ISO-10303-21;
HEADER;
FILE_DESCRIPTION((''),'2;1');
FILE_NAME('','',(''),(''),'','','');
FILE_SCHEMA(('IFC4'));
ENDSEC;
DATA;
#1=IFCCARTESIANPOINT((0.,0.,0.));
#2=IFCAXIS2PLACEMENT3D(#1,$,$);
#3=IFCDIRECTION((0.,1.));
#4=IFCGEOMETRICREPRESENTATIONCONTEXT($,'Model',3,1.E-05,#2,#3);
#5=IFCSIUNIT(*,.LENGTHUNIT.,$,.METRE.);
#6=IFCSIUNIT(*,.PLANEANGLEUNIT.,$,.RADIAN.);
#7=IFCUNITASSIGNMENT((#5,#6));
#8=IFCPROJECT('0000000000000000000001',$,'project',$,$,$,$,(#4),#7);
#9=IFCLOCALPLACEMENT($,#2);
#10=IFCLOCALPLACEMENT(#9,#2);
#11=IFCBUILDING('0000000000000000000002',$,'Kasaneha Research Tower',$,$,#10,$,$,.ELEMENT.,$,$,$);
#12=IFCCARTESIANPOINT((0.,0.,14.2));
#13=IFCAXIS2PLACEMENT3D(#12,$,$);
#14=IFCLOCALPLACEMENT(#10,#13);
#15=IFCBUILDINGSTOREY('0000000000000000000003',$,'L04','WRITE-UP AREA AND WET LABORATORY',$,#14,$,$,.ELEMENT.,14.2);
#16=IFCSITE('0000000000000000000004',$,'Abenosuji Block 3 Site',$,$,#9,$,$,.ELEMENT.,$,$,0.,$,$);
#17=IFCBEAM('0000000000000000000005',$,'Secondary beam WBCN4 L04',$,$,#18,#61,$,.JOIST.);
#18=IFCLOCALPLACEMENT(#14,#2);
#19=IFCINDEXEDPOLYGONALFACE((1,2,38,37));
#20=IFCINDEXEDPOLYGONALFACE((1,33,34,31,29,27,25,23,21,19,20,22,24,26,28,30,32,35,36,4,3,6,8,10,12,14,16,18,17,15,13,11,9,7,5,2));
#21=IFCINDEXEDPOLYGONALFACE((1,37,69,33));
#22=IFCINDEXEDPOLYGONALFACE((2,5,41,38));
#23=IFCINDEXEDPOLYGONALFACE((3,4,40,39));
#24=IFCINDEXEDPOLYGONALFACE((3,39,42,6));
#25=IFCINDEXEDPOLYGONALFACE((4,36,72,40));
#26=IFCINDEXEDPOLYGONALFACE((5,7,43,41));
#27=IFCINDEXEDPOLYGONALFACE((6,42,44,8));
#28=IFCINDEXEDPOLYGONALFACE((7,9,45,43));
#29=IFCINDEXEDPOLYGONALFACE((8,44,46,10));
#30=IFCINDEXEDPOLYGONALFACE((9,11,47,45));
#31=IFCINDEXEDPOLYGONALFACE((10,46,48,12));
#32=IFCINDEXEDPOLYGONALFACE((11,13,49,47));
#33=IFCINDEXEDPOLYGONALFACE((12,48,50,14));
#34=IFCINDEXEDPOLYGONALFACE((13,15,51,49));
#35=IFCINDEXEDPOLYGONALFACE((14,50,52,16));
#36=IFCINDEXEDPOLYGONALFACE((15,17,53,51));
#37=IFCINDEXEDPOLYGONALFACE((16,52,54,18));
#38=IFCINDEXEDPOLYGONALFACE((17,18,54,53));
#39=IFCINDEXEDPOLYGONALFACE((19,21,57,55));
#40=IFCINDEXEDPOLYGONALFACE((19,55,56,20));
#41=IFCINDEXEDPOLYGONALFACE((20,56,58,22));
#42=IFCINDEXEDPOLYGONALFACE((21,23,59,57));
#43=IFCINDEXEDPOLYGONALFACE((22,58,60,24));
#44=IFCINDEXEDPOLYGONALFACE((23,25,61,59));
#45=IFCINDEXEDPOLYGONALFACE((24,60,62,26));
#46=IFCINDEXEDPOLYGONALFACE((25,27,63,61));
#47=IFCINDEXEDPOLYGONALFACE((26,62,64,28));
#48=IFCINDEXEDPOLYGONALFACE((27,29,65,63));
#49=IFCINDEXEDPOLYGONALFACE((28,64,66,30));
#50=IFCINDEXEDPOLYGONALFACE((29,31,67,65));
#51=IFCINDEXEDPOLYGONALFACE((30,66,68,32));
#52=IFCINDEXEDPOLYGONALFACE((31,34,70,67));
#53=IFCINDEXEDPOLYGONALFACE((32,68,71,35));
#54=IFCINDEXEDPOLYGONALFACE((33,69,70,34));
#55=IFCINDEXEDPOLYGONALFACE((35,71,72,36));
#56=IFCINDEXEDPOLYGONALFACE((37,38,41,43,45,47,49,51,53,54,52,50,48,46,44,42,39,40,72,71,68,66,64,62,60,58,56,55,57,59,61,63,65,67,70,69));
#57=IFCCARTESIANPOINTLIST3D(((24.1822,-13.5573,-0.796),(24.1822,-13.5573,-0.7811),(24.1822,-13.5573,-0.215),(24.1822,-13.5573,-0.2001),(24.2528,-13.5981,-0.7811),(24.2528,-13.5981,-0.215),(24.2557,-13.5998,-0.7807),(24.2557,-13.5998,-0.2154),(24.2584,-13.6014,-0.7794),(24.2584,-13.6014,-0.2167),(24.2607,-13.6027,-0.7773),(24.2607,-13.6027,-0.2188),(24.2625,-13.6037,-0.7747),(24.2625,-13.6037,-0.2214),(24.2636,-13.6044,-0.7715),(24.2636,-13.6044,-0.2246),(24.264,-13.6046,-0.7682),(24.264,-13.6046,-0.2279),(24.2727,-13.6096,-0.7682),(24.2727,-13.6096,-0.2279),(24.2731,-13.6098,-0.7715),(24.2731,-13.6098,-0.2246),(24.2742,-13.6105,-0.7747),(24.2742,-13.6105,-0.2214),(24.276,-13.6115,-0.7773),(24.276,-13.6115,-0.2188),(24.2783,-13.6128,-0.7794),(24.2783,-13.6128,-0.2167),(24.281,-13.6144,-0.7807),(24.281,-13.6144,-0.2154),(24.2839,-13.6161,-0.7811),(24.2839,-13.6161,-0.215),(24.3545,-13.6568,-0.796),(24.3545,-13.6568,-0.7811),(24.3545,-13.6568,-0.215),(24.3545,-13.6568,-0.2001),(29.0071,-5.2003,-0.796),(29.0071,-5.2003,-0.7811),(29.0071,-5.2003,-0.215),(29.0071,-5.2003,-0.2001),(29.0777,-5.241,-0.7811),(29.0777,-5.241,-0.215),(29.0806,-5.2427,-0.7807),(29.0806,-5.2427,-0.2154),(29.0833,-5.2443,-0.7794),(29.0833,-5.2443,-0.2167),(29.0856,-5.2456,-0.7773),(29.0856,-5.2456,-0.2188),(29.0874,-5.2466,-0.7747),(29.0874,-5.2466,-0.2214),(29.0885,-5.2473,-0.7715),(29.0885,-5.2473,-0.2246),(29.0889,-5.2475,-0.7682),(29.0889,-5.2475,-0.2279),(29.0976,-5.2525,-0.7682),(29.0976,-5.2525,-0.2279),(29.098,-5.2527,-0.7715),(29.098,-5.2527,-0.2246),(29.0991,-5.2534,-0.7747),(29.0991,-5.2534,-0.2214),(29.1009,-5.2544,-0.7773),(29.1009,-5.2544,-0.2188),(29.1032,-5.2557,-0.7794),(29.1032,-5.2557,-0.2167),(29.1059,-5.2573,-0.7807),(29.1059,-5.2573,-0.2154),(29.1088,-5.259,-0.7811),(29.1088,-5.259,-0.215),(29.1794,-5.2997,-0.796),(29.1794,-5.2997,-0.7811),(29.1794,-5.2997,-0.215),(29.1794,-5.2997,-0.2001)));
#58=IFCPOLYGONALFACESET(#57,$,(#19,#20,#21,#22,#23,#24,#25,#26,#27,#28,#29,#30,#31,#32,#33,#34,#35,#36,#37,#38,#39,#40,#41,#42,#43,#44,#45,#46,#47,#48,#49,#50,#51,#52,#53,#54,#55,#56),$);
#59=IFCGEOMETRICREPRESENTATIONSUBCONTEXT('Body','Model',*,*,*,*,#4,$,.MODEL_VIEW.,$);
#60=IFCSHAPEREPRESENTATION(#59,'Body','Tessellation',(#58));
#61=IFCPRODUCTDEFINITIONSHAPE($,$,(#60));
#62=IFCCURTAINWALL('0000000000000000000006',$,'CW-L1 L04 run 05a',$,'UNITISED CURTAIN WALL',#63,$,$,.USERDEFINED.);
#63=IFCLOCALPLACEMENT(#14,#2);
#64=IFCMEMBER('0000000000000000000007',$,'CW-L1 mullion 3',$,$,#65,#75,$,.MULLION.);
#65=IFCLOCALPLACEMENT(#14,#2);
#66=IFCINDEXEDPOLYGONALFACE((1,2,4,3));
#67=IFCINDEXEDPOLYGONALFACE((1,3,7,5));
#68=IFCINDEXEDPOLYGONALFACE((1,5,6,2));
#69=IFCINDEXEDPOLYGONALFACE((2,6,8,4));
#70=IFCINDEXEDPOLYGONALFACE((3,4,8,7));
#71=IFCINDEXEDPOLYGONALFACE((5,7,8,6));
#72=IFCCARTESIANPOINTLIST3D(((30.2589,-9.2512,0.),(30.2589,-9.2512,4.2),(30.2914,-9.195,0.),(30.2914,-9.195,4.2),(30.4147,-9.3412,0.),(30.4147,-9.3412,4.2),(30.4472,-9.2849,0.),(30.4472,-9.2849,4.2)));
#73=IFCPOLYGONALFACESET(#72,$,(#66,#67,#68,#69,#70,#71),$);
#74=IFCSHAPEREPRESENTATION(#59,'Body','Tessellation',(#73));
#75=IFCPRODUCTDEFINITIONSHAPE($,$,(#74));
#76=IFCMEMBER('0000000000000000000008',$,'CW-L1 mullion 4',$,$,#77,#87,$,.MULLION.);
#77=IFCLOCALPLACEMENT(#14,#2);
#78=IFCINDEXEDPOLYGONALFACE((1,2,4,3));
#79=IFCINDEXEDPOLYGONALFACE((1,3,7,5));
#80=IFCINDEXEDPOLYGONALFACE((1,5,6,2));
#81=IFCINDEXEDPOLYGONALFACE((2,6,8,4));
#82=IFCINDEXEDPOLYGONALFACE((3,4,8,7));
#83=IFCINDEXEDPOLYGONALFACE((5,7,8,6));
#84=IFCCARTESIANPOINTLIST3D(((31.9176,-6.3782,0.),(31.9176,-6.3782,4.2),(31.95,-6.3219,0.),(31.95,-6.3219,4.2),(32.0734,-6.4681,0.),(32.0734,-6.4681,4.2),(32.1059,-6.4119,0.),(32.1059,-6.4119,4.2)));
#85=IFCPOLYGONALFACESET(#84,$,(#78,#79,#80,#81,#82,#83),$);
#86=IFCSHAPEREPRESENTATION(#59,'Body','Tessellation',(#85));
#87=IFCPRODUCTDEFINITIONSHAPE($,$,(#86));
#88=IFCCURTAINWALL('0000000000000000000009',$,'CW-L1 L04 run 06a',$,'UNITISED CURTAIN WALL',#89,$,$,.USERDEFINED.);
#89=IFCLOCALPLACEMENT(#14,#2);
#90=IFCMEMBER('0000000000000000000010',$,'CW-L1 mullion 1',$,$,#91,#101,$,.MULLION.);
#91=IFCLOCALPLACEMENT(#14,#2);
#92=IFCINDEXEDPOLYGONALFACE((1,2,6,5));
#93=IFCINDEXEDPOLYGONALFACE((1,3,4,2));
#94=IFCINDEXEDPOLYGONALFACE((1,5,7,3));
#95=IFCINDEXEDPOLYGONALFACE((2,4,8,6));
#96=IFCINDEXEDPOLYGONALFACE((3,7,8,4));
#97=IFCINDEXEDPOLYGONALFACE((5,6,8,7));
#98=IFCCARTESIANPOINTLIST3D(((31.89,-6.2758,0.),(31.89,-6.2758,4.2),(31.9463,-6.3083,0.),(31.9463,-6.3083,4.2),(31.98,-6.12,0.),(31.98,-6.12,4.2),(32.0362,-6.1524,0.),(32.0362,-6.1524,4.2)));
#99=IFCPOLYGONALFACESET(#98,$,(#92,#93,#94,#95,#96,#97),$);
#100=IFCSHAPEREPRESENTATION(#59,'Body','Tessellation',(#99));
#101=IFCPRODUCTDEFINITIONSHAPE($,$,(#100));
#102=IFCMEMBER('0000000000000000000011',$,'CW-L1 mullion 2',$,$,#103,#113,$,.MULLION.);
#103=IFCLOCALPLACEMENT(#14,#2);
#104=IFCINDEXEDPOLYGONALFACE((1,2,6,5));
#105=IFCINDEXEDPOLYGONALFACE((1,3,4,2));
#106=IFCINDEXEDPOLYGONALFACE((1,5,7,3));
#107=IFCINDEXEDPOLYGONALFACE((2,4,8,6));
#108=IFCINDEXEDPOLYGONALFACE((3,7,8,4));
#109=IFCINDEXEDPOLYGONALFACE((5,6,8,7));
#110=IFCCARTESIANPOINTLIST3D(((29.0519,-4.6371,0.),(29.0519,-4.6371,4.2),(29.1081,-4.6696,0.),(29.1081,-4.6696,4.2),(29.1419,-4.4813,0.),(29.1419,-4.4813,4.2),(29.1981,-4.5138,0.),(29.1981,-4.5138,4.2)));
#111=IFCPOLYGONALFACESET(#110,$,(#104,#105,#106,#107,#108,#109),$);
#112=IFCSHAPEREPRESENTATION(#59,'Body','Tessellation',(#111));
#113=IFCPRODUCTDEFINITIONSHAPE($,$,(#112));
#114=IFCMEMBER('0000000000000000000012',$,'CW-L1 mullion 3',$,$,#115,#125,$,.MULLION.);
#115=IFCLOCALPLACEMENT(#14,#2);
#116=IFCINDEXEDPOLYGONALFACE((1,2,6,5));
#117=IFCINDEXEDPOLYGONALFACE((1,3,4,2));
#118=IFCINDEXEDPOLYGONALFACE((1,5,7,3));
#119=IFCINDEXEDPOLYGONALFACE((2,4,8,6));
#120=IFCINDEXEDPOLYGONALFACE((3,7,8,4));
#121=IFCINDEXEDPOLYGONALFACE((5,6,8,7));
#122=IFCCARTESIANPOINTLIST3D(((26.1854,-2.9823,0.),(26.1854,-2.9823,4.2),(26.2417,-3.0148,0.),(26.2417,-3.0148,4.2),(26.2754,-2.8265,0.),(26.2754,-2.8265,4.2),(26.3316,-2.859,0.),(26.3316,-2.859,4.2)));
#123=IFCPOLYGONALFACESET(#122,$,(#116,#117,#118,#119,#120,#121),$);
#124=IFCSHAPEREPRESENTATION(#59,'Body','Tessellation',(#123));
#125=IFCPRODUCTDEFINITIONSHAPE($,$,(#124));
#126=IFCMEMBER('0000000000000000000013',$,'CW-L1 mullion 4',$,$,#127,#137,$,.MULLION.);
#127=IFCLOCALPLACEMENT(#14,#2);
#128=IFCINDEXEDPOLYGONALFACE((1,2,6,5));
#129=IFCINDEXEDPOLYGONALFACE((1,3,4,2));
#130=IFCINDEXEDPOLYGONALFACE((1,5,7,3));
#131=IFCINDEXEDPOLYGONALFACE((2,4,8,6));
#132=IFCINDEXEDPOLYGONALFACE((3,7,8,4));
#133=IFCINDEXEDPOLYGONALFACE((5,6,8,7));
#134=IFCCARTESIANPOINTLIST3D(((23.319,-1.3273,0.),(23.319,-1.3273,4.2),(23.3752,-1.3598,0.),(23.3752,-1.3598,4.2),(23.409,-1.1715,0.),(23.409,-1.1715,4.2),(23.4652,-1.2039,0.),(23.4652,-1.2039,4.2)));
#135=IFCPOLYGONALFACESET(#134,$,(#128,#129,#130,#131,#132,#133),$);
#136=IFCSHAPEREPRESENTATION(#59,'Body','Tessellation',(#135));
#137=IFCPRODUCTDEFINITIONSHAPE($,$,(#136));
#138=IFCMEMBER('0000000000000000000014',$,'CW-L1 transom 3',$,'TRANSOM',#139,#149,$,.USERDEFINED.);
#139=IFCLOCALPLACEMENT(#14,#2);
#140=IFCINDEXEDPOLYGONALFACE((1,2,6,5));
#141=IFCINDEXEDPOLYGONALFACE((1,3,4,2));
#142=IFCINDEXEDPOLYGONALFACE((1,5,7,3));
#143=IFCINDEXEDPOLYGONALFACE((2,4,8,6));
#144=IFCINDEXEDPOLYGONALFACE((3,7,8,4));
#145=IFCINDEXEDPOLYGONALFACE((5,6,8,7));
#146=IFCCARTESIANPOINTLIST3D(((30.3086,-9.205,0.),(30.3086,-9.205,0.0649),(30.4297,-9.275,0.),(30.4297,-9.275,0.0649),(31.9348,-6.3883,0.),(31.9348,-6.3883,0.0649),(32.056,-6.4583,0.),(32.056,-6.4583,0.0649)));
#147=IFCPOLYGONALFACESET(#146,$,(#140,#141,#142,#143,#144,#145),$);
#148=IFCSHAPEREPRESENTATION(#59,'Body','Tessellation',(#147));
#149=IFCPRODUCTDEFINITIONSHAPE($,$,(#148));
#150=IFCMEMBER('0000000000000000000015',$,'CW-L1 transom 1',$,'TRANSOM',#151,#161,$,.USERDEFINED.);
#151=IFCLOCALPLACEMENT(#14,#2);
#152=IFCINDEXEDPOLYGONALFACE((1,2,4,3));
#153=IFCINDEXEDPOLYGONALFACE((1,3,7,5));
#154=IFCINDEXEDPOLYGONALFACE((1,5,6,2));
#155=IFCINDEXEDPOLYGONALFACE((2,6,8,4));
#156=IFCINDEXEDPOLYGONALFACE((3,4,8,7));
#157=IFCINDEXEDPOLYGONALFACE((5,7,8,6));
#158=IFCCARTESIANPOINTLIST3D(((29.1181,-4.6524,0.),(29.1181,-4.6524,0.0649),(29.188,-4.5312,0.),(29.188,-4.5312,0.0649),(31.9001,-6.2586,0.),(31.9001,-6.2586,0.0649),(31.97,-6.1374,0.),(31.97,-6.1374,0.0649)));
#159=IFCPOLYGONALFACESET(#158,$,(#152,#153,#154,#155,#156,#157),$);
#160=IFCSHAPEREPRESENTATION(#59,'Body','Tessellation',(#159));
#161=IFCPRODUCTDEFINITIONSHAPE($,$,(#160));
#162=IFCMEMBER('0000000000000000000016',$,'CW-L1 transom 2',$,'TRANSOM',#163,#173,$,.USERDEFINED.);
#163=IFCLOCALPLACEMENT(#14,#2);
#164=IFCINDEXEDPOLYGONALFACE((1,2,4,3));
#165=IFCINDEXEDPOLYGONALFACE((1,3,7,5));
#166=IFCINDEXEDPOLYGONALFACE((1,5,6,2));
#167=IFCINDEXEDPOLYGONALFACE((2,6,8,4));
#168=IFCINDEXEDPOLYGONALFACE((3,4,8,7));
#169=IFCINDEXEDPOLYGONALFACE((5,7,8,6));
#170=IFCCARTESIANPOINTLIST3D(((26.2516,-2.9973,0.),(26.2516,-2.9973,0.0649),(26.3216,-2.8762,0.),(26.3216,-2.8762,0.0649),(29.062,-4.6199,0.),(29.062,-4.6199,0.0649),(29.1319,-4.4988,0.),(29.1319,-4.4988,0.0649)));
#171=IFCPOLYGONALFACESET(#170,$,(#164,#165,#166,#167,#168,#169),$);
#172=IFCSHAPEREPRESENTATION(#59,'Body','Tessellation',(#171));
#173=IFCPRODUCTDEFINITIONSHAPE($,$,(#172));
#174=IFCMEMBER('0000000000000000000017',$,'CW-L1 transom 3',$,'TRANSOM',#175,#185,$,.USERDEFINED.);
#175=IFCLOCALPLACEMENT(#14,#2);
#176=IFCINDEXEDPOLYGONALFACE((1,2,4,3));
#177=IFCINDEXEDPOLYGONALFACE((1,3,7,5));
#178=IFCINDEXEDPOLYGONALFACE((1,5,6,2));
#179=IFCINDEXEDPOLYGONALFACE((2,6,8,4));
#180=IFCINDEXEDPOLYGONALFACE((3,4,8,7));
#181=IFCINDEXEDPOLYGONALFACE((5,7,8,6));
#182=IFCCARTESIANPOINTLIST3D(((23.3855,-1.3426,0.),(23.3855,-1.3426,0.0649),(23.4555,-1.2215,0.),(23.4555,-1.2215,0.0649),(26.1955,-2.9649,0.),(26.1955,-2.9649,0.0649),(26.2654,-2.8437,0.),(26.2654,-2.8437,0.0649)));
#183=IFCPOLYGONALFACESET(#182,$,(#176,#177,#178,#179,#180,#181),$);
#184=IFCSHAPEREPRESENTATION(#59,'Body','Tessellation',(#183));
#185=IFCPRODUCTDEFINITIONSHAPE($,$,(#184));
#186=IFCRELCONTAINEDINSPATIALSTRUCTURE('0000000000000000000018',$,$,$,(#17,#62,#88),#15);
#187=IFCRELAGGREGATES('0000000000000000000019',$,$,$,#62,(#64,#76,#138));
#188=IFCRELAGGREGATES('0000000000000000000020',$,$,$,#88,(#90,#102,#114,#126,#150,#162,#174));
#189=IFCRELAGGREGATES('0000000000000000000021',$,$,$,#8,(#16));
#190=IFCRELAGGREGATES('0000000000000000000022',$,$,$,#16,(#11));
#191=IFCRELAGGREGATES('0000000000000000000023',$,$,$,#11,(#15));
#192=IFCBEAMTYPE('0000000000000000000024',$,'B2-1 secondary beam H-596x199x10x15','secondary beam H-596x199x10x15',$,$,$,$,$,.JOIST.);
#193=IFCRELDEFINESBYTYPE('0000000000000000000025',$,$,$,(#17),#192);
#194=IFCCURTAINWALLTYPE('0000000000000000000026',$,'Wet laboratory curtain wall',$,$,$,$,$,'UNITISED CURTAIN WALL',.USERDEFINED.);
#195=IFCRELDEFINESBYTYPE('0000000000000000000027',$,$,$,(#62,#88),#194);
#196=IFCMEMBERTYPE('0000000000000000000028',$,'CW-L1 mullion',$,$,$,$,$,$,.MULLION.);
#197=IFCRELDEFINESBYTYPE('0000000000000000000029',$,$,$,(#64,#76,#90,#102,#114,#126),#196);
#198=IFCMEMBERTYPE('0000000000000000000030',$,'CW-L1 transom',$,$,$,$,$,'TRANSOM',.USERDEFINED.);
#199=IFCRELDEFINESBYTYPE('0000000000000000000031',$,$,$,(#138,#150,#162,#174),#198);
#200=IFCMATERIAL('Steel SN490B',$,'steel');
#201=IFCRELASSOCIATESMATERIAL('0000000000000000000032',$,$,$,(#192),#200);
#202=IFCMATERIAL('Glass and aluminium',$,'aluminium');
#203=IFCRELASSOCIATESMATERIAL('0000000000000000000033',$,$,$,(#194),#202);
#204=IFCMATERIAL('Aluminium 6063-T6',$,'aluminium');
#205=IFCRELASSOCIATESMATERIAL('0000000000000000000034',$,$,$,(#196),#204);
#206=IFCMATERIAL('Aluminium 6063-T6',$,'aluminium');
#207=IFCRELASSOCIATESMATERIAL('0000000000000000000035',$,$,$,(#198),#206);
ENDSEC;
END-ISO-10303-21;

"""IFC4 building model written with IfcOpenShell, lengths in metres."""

from ifc_helpers import new_model, si_unit, direction, frame, origin, origin_2d, place, context, subcontext, project, spatial, rectangle, i_section, extrude, material, material_profile, profile_set, type_object, element, aggregate, save


model = new_model("IFC4")

# Units and contexts
model_context = context("Model", 3, precision=1e-05, world=origin(), true_north=direction((0.0, 1.0)))
body_context = subcontext(model_context, "Body", "Model", "MODEL_VIEW")
ifc_project = project(units=[si_unit("LENGTHUNIT", "METRE"), si_unit("PLANEANGLEUNIT", "RADIAN")], contexts=[model_context])

# Site, building, storey
site_placement = place(None, origin())
site = spatial("IfcSite", under=ifc_project, at=site_placement, Name="Abenosuji Block 3 Site", CompositionType="ELEMENT", RefElevation=0.0)
building_placement = place(site_placement, origin())
building = spatial("IfcBuilding", under=site, at=building_placement, Name="Kasaneha Research Tower", CompositionType="ELEMENT")
storey_placement = place(building_placement, frame((0.0, 0.0, 14.2)))
storey = spatial("IfcBuildingStorey", under=building, at=storey_placement, Name="L04", Description="WRITE-UP AREA AND WET LABORATORY", CompositionType="ELEMENT", Elevation=14.2)

# Beam
ifc_material_1 = material(Name="Steel SN490B", Category="steel")
ifc_material_profile_1 = material_profile(ifc_material_1, i_section(OverallWidth=0.199, OverallDepth=0.5959, WebThickness=0.01, FlangeThickness=0.0149, FilletRadius=0.0129, at=origin_2d()), Name="H-596x199x10x15")
ifc_profile_set_1 = profile_set([ifc_material_profile_1], Name="Steel SN490B")
beam_type_1 = type_object("IfcBeamType", Name="B2-1 secondary beam H-596x199x10x15", Description="secondary beam H-596x199x10x15", PredefinedType="JOIST", material=ifc_profile_set_1)
for number, where, z_axis, x_axis, name in (
    (1, (29.0933, -5.25, -0.498), (-0.499995, -0.866028, 0.0), (0.866028, -0.499995, 0.0), "Secondary beam WBCN4 L04"),
):
    element("IfcBeam", number, at=place(storey_placement, frame(where, z_axis=z_axis, x_axis=x_axis)), inside=storey, type_object=beam_type_1, Name=name, PredefinedType="JOIST", context=body_context, shape_type="SweptSolid", body=[
        extrude(i_section(OverallWidth=0.199, OverallDepth=0.5959, WebThickness=0.01, FlangeThickness=0.0149, FilletRadius=0.0129, at=origin_2d()), origin(), (0.0, 0.0, 1.0), 9.6499),
    ])

# Curtain walls, members
ifc_material_2 = material(Name="Glass and aluminium", Category="aluminium")
curtain_wall_type = type_object("IfcCurtainWallType", Name="Wet laboratory curtain wall", ElementType="UNITISED CURTAIN WALL", PredefinedType="USERDEFINED", material=ifc_material_2)
curtain_wall_1_placement = place(storey_placement, origin())
curtain_wall_1 = element("IfcCurtainWall", 2, at=curtain_wall_1_placement, inside=storey, type_object=curtain_wall_type, Name="CW-L1 L04 run 05a", ObjectType="UNITISED CURTAIN WALL", PredefinedType="USERDEFINED")
ifc_material_3 = material(Name="Aluminium 6063-T6", Category="aluminium")
ifc_material_profile_2 = material_profile(ifc_material_3, rectangle(XDim=0.0649, YDim=0.1799, at=origin_2d()), Name="CW-L1 mullion 65x180")
ifc_profile_set_2 = profile_set([ifc_material_profile_2], Name="Aluminium 6063-T6")
member_type_1 = type_object("IfcMemberType", Name="CW-L1 mullion", PredefinedType="MULLION", material=ifc_profile_set_2)
member_1_placement = place(storey_placement, frame((30.353, -9.2681, 0.0), z_axis=(0.0, 0.0, 1.0), x_axis=(0.5, 0.866025, 0.0)))
member_1 = element("IfcMember", 3, at=member_1_placement, type_object=member_type_1, Name="CW-L1 mullion 3", PredefinedType="MULLION", context=body_context, shape_type="SweptSolid", body=[
    extrude(rectangle(XDim=0.0649, YDim=0.1799, at=origin_2d()), origin(), (0.0, 0.0, 1.0), 4.2),
])
member_2_placement = place(storey_placement, frame((32.0117, -6.395, 0.0), z_axis=(0.0, 0.0, 1.0), x_axis=(0.5, 0.866025, 0.0)))
member_2 = element("IfcMember", 4, at=member_2_placement, type_object=member_type_1, Name="CW-L1 mullion 4", PredefinedType="MULLION", context=body_context, shape_type="SweptSolid", body=[
    extrude(rectangle(XDim=0.0649, YDim=0.1799, at=origin_2d()), origin(), (0.0, 0.0, 1.0), 4.2),
])
curtain_wall_2_placement = place(storey_placement, origin())
curtain_wall_2 = element("IfcCurtainWall", 5, at=curtain_wall_2_placement, inside=storey, type_object=curtain_wall_type, Name="CW-L1 L04 run 06a", ObjectType="UNITISED CURTAIN WALL", PredefinedType="USERDEFINED")
member_3_placement = place(storey_placement, frame((31.9631, -6.2141, 0.0), z_axis=(0.0, 0.0, 1.0), x_axis=(-0.866025, 0.5, 0.0)))
member_3 = element("IfcMember", 6, at=member_3_placement, type_object=member_type_1, Name="CW-L1 mullion 1", PredefinedType="MULLION", context=body_context, shape_type="SweptSolid", body=[
    extrude(rectangle(XDim=0.0649, YDim=0.1799, at=origin_2d()), origin(), (0.0, 0.0, 1.0), 4.2),
])
member_4_placement = place(storey_placement, frame((29.125, -4.5754, 0.0), z_axis=(0.0, 0.0, 1.0), x_axis=(-0.866025, 0.5, 0.0)))
member_4 = element("IfcMember", 7, at=member_4_placement, type_object=member_type_1, Name="CW-L1 mullion 2", PredefinedType="MULLION", context=body_context, shape_type="SweptSolid", body=[
    extrude(rectangle(XDim=0.0649, YDim=0.1799, at=origin_2d()), origin(), (0.0, 0.0, 1.0), 4.2),
])
member_5_placement = place(storey_placement, frame((26.2585, -2.9207, 0.0), z_axis=(0.0, 0.0, 1.0), x_axis=(-0.866025, 0.5, 0.0)))
member_5 = element("IfcMember", 8, at=member_5_placement, type_object=member_type_1, Name="CW-L1 mullion 3", PredefinedType="MULLION", context=body_context, shape_type="SweptSolid", body=[
    extrude(rectangle(XDim=0.0649, YDim=0.1799, at=origin_2d()), origin(), (0.0, 0.0, 1.0), 4.2),
])
member_6_placement = place(storey_placement, frame((23.3921, -1.2656, 0.0), z_axis=(0.0, 0.0, 1.0), x_axis=(-0.866025, 0.5, 0.0)))
member_6 = element("IfcMember", 9, at=member_6_placement, type_object=member_type_1, Name="CW-L1 mullion 4", PredefinedType="MULLION", context=body_context, shape_type="SweptSolid", body=[
    extrude(rectangle(XDim=0.0649, YDim=0.1799, at=origin_2d()), origin(), (0.0, 0.0, 1.0), 4.2),
])

# Members
ifc_material_4 = material(Name="Aluminium 6063-T6", Category="aluminium")
ifc_material_profile_3 = material_profile(ifc_material_4, rectangle(XDim=0.1399, YDim=0.0649, at=origin_2d()), Name="CW-L1 transom 140x65")
ifc_profile_set_3 = profile_set([ifc_material_profile_3], Name="Aluminium 6063-T6")
member_type_2 = type_object("IfcMemberType", Name="CW-L1 transom", ElementType="TRANSOM", PredefinedType="USERDEFINED", material=ifc_profile_set_3)
member_7_placement = place(storey_placement, frame((30.3691, -9.24, 0.0325), z_axis=(0.500006, 0.866022, 0.0), x_axis=(-0.866022, 0.500006, 0.0)))
member_7 = element("IfcMember", 10, at=member_7_placement, type_object=member_type_2, Name="CW-L1 transom 3", ObjectType="TRANSOM", PredefinedType="USERDEFINED", context=body_context, shape_type="SweptSolid", body=[
    extrude(rectangle(XDim=0.1399, YDim=0.0649, at=origin_2d()), origin(), (0.0, 0.0, 1.0), 3.2524),
])
member_8_placement = place(storey_placement, frame((31.9351, -6.198, 0.0325), z_axis=(-0.866022, 0.500005, 0.0), x_axis=(-0.500005, -0.866022, 0.0)))
member_8 = element("IfcMember", 11, at=member_8_placement, type_object=member_type_2, Name="CW-L1 transom 1", ObjectType="TRANSOM", PredefinedType="USERDEFINED", context=body_context, shape_type="SweptSolid", body=[
    extrude(rectangle(XDim=0.1399, YDim=0.0649, at=origin_2d()), origin(), (0.0, 0.0, 1.0), 3.2124),
])
member_9_placement = place(storey_placement, frame((29.0969, -4.5593, 0.0325), z_axis=(-0.866021, 0.500007, 0.0), x_axis=(-0.500007, -0.866021, 0.0)))
member_9 = element("IfcMember", 12, at=member_9_placement, type_object=member_type_2, Name="CW-L1 transom 2", ObjectType="TRANSOM", PredefinedType="USERDEFINED", context=body_context, shape_type="SweptSolid", body=[
    extrude(rectangle(XDim=0.1399, YDim=0.0649, at=origin_2d()), origin(), (0.0, 0.0, 1.0), 3.2451),
])
member_10_placement = place(storey_placement, frame((26.2305, -2.9043, 0.0325), z_axis=(-0.866035, 0.499983, 0.0), x_axis=(-0.499983, -0.866035, 0.0)))
member_10 = element("IfcMember", 13, at=member_10_placement, type_object=member_type_2, Name="CW-L1 transom 3", ObjectType="TRANSOM", PredefinedType="USERDEFINED", context=body_context, shape_type="SweptSolid", body=[
    extrude(rectangle(XDim=0.1399, YDim=0.0649, at=origin_2d()), origin(), (0.0, 0.0, 1.0), 3.2446),
])

aggregate(curtain_wall_1, [member_1, member_2, member_7])
aggregate(curtain_wall_2, [member_3, member_4, member_5, member_6, member_8, member_9, member_10])

save(model, "model.ifc")
